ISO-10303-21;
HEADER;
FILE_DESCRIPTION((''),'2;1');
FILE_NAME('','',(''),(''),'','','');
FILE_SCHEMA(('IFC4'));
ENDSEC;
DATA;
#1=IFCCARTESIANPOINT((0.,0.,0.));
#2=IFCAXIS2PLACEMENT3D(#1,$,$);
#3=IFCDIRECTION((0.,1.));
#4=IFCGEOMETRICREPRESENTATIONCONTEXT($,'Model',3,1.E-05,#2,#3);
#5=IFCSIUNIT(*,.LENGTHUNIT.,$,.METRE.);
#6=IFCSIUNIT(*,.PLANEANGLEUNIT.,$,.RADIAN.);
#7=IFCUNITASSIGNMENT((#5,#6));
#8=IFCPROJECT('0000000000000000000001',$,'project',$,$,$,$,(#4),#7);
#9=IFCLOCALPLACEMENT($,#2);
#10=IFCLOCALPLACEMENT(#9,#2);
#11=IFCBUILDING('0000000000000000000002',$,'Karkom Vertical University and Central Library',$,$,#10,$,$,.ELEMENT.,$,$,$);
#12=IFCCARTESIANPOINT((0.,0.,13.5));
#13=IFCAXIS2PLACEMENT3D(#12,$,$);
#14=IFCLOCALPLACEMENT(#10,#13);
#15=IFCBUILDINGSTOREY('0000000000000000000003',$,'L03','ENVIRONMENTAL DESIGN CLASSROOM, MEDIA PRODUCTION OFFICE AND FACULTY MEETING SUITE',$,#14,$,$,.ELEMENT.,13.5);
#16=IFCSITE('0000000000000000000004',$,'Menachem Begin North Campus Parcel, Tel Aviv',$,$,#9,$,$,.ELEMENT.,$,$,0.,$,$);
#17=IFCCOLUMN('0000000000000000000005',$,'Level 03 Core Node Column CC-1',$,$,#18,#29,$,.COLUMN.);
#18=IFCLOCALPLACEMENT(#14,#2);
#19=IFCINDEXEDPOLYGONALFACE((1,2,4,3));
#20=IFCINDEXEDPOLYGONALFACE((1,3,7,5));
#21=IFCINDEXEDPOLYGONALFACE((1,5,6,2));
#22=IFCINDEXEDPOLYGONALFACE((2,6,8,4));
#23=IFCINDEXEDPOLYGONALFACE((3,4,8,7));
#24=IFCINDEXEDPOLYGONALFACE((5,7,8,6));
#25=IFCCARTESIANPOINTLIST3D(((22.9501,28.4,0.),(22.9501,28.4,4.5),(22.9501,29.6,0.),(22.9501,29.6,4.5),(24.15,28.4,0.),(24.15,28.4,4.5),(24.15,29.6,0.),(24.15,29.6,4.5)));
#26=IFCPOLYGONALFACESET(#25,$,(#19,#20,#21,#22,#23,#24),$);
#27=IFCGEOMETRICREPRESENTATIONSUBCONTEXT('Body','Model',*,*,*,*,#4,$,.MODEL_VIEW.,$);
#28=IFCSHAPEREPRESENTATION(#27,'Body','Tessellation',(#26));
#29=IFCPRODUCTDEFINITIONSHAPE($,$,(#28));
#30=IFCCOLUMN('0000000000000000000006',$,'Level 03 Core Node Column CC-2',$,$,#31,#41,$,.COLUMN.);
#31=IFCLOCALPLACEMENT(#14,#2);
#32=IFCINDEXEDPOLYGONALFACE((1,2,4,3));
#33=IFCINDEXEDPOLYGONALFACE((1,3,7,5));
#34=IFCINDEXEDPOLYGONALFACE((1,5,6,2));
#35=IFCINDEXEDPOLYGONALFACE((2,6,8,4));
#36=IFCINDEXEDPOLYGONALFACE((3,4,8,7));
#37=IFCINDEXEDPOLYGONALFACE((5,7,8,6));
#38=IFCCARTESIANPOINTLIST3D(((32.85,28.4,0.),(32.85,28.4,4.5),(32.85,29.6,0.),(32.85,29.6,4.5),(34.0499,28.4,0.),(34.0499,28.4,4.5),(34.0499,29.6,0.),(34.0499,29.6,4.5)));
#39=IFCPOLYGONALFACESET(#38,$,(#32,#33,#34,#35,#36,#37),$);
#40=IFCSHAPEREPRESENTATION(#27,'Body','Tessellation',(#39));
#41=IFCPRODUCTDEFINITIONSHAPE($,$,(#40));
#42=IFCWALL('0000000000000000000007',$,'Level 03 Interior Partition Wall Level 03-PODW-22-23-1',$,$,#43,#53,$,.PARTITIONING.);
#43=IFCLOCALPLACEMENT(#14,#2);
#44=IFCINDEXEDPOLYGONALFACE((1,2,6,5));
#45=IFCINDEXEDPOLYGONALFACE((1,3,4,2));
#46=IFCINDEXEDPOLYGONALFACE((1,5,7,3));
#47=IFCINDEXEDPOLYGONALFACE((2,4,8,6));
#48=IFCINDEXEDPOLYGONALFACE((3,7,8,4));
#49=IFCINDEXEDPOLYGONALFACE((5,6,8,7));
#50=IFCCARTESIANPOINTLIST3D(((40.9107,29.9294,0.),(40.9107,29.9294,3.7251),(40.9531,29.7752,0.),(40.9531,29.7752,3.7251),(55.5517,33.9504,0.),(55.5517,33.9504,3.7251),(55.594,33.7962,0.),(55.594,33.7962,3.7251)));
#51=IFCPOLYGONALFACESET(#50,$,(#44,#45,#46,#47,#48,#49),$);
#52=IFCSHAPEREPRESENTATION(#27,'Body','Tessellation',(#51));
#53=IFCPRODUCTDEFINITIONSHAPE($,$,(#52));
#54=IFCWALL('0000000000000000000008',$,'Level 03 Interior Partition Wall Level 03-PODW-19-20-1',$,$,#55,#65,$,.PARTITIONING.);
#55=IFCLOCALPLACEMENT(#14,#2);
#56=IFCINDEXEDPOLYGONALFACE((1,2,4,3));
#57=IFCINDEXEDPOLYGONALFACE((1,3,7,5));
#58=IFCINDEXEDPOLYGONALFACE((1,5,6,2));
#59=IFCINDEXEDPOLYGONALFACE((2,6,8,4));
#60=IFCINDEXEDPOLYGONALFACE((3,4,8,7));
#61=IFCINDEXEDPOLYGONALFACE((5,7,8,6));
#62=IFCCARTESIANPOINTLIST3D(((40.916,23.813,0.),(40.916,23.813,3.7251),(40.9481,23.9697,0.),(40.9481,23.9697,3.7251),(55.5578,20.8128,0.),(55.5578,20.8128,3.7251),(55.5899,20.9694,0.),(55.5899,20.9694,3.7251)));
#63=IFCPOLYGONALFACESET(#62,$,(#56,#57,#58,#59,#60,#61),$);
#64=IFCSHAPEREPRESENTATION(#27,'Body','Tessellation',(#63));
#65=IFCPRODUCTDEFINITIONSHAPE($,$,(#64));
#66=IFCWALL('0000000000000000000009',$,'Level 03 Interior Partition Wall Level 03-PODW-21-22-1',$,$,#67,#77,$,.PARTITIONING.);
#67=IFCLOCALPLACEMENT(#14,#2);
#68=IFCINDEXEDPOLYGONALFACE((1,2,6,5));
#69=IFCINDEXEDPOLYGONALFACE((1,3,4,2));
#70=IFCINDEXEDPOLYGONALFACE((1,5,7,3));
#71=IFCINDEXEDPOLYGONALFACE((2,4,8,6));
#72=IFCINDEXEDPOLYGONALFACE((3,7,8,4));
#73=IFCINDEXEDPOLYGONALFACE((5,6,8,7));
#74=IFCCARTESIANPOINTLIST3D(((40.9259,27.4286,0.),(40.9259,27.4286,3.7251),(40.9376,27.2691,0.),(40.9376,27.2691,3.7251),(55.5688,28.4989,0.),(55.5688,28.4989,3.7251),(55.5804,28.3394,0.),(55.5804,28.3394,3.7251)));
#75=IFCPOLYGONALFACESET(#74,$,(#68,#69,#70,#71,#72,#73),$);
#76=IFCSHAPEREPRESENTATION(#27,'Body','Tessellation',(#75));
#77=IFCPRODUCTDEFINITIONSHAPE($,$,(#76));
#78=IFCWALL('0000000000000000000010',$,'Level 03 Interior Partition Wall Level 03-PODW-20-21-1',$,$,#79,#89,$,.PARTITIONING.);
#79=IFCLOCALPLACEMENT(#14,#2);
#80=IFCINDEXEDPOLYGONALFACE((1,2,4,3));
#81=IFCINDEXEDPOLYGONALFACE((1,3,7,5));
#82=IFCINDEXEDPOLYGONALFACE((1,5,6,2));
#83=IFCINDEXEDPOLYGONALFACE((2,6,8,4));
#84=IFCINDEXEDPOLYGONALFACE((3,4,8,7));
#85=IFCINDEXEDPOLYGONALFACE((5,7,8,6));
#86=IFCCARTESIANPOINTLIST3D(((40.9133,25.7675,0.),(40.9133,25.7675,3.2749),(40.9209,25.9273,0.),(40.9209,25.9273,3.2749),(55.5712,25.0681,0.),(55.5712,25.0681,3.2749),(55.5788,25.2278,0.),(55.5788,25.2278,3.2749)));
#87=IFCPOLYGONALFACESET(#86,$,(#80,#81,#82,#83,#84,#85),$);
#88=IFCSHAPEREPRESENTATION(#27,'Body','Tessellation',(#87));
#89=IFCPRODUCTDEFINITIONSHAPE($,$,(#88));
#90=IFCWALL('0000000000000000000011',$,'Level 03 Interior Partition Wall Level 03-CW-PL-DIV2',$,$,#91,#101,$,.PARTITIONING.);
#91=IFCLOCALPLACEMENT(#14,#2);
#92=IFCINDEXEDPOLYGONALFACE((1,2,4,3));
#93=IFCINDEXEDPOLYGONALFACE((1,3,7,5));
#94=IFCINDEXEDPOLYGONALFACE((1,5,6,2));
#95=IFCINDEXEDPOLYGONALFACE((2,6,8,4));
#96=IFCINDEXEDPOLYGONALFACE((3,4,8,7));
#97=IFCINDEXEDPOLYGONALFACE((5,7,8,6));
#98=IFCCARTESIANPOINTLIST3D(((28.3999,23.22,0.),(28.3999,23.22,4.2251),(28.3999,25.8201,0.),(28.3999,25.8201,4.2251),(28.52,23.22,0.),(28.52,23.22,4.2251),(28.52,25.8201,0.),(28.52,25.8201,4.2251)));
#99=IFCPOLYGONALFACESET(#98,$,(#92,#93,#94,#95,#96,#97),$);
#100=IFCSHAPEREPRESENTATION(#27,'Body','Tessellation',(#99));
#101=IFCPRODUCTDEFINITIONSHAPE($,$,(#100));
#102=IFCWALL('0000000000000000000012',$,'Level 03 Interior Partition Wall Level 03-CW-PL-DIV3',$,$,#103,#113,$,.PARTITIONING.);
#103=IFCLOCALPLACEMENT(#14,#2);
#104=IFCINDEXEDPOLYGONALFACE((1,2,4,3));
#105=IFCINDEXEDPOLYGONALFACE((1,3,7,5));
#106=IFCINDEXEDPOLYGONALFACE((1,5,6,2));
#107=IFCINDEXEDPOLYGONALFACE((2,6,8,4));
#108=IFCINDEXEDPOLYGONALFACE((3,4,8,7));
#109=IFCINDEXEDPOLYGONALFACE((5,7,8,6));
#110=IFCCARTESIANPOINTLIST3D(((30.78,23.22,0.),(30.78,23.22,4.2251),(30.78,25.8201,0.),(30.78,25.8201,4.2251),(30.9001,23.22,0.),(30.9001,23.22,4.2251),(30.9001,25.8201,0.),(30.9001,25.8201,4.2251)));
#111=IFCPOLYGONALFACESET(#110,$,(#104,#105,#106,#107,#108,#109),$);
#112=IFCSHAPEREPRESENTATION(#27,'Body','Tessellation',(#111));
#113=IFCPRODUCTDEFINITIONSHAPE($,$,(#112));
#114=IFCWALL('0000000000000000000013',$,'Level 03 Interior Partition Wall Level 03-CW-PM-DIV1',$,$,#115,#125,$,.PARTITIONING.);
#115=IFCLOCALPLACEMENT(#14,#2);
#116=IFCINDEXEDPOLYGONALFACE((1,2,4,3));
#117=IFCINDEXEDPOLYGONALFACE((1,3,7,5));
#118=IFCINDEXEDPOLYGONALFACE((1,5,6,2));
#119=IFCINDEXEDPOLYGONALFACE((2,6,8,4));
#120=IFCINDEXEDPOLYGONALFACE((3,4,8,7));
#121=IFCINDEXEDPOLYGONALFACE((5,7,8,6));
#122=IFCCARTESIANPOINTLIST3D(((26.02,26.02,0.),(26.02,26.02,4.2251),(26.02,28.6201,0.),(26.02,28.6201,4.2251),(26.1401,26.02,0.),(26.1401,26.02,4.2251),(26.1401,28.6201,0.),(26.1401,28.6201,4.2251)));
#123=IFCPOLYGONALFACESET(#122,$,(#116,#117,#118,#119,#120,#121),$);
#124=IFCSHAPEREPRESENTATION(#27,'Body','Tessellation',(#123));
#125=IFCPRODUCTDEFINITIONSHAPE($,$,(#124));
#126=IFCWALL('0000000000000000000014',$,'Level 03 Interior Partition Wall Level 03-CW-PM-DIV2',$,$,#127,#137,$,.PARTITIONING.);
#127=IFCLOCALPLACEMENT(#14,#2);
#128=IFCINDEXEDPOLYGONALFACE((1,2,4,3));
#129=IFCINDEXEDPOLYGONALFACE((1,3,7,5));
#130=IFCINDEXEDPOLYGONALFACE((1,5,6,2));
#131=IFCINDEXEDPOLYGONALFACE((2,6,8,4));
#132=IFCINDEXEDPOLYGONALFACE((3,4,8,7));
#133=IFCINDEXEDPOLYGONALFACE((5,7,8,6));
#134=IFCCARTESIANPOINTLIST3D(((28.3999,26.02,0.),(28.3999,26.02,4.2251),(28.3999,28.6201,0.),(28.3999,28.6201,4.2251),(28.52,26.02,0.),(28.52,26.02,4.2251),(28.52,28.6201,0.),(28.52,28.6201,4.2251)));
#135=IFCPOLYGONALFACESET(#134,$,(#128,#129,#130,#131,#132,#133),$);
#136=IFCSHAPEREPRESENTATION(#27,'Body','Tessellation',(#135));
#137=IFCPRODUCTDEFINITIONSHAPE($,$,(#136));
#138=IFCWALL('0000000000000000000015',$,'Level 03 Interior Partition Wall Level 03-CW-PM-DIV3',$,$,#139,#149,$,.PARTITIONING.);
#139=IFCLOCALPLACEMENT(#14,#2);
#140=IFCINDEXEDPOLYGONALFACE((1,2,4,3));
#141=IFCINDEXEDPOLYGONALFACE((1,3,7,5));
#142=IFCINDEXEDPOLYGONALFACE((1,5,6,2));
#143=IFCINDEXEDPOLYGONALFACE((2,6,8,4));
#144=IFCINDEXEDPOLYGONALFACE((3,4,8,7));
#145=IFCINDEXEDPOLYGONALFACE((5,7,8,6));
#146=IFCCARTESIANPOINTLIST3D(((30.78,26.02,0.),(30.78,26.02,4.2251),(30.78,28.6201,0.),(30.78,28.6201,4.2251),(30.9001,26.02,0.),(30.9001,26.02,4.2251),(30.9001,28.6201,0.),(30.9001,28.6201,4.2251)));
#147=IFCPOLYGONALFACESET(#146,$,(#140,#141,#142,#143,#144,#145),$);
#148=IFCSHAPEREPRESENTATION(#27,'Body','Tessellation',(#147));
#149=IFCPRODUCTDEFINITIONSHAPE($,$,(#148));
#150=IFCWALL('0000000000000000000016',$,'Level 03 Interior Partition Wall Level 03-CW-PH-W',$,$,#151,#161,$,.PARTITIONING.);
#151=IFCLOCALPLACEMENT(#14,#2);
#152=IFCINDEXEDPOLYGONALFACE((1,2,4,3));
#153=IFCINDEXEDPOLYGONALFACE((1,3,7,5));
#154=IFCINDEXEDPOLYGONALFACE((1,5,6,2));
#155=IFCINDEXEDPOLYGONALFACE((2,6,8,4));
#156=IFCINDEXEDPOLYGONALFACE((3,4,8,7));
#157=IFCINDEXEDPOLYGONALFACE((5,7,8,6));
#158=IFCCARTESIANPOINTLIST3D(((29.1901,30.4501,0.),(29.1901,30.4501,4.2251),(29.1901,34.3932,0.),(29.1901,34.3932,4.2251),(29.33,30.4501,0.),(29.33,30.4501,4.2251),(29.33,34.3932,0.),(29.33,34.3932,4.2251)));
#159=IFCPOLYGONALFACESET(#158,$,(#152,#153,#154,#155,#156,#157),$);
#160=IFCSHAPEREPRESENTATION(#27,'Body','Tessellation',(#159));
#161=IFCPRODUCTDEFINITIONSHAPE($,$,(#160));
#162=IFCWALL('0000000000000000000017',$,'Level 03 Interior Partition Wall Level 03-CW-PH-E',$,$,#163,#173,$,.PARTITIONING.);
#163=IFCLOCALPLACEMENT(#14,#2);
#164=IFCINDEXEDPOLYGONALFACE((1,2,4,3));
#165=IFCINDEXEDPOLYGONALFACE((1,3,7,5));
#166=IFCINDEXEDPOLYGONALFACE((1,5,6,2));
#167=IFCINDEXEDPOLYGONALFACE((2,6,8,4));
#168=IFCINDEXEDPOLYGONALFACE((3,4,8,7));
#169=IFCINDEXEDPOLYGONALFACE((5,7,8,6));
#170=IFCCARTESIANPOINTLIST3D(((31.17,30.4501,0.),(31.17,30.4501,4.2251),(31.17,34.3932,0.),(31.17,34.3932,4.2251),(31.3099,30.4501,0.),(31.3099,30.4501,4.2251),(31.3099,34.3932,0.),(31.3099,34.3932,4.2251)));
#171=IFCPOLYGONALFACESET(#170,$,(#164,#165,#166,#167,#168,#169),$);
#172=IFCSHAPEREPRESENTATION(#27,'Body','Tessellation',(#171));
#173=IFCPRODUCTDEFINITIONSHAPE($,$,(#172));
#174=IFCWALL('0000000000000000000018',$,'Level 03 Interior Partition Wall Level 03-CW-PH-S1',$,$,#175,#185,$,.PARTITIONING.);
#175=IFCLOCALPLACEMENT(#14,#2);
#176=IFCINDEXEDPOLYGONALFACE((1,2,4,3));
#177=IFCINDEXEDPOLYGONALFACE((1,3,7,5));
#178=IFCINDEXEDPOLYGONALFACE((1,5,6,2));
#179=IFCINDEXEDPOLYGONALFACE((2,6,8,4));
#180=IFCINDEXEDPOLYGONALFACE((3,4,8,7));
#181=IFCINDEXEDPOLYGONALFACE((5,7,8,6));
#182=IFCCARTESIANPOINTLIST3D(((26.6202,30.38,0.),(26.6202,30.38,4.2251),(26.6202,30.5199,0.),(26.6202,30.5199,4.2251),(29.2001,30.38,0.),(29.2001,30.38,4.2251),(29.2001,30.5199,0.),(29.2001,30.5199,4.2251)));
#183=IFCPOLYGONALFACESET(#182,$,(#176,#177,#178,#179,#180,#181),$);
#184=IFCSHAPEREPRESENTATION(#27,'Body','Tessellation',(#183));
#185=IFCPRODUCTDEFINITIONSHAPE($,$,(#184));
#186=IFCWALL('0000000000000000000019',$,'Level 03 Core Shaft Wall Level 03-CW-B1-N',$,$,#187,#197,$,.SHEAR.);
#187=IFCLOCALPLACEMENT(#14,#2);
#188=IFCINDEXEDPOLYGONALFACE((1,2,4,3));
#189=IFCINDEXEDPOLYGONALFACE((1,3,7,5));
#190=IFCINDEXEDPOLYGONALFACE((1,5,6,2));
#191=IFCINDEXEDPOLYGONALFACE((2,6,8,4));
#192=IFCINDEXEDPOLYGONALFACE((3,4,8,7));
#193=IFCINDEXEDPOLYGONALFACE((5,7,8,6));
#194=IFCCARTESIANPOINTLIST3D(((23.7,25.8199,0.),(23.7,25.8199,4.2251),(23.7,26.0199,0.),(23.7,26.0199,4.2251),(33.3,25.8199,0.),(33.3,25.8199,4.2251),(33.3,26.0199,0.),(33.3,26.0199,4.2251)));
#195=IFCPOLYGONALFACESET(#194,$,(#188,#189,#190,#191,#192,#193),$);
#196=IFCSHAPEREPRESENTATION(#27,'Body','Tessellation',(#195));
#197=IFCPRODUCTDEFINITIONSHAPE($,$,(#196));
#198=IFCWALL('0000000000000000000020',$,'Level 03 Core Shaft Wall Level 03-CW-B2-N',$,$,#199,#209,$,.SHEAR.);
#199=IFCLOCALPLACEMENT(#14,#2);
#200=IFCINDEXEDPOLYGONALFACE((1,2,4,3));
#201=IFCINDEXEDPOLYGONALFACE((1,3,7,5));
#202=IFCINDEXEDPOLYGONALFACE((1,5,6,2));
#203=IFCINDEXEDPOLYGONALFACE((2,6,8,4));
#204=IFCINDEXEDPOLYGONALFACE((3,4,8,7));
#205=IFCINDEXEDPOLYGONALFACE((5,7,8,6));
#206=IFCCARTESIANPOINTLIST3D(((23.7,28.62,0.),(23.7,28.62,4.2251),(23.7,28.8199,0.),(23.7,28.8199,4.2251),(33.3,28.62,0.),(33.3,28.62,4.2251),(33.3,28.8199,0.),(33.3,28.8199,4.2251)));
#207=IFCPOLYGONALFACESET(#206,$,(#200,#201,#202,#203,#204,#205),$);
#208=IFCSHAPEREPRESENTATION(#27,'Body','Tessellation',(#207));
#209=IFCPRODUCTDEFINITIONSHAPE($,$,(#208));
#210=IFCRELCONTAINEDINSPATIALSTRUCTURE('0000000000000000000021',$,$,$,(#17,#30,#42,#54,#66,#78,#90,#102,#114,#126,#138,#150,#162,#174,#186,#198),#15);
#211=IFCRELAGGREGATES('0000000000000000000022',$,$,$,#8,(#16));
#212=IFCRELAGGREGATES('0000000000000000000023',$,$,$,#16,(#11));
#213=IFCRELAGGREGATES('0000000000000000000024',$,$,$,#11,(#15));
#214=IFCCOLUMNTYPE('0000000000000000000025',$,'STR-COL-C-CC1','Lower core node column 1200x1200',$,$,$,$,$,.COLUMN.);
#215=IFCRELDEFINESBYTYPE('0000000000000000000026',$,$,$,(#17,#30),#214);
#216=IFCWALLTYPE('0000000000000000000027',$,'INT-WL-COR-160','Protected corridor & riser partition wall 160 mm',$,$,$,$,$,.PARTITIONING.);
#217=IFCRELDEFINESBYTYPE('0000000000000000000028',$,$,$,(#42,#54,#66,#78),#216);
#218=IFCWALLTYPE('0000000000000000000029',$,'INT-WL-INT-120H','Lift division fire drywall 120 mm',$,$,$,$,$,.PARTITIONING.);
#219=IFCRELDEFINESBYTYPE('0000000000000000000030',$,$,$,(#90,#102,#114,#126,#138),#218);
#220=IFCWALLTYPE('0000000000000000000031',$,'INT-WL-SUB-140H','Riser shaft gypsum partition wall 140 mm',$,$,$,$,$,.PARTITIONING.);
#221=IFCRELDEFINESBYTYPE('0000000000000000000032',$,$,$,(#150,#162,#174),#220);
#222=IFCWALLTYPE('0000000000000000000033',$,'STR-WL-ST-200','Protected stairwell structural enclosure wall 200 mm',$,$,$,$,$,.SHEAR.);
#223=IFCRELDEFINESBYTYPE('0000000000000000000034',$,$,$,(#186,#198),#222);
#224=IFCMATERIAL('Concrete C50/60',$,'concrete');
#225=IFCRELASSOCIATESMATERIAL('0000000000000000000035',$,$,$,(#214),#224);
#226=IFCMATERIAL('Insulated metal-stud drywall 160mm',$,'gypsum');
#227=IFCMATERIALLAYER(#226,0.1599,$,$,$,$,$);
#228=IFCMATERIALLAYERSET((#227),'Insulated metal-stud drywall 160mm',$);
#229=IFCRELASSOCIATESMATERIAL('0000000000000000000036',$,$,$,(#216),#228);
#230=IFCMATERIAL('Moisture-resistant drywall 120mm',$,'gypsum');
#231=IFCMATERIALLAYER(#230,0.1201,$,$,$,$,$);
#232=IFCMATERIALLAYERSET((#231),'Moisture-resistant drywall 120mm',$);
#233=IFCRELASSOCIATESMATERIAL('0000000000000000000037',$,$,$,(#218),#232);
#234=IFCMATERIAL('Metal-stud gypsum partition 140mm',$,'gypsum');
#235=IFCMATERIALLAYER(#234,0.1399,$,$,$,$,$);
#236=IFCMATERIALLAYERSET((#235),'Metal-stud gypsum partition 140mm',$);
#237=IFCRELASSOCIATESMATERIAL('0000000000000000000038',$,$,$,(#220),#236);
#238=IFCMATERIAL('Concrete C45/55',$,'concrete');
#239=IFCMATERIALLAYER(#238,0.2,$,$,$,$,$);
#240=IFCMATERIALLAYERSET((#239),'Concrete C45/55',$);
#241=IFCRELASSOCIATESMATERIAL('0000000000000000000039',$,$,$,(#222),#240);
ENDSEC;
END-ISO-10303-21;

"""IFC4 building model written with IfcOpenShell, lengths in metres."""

from ifc_helpers import new_model, si_unit, direction, frame, frame_2d, origin, origin_with_axes, origin_2d, place, context, subcontext, project, spatial, rectangle, extrude, source, transform, mapped, material, layer, layer_set, material_profile, profile_set, type_object, element, save


model = new_model("IFC4")

# Units and contexts
model_context = context("Model", 3, precision=1e-05, world=origin(), true_north=direction((0.0, 1.0)))
body_context = subcontext(model_context, "Body", "Model", "MODEL_VIEW")
ifc_project = project(units=[si_unit("LENGTHUNIT", "METRE"), si_unit("PLANEANGLEUNIT", "RADIAN")], contexts=[model_context])

# Site, building, storey
site_placement = place(None, origin())
site = spatial("IfcSite", under=ifc_project, at=site_placement, Name="Menachem Begin North Campus Parcel, Tel Aviv", CompositionType="ELEMENT", RefElevation=0.0)
building_placement = place(site_placement, origin())
building = spatial("IfcBuilding", under=site, at=building_placement, Name="Karkom Vertical University and Central Library", CompositionType="ELEMENT")
storey_placement = place(building_placement, frame((0.0, 0.0, 13.5)))
storey = spatial("IfcBuildingStorey", under=building, at=storey_placement, Name="L03", Description="ENVIRONMENTAL DESIGN CLASSROOM, MEDIA PRODUCTION OFFICE AND FACULTY MEETING SUITE", CompositionType="ELEMENT", Elevation=13.5)

# Columns
ifc_material_1 = material(Name="Concrete C50/60", Category="concrete")
ifc_material_profile = material_profile(ifc_material_1, rectangle(XDim=1.2, YDim=1.2, at=origin_2d()), Name="RC-1200x1200")
ifc_profile_set = profile_set([ifc_material_profile], Name="Concrete C50/60")
column_type = type_object("IfcColumnType", Name="STR-COL-C-CC1", Description="Lower core node column 1200x1200", PredefinedType="COLUMN", material=ifc_profile_set)
shared_shape = source(origin_with_axes(), body_context, "Body", "SweptSolid", [
    extrude(rectangle(XDim=1.2, YDim=1.2, at=origin_2d()), origin(), (0.0, 0.0, 1.0), 4.5),
])
for number, where, z_axis, x_axis, name in (
    (1, (23.55, 29.0, 0.0), (0.0, 0.0, 1.0), (1.0, 0.0, 0.0), "Level 03 Core Node Column CC-1"),
    (2, (33.45, 29.0, 0.0), (0.0, 0.0, 1.0), (1.0, 0.0, 0.0), "Level 03 Core Node Column CC-2"),
):
    element("IfcColumn", number, at=place(storey_placement, frame(where, z_axis=z_axis, x_axis=x_axis)), inside=storey, type_object=column_type, Name=name, PredefinedType="COLUMN", context=body_context, shape_type="MappedRepresentation", body=[
        mapped(shared_shape, transform((0.0, 0.0, 0.0), scale=1.0)),
    ])

# Walls
ifc_material_2 = material(Name="Insulated metal-stud drywall 160mm", Category="gypsum")
ifc_layer_1 = layer(ifc_material_2, 0.1599)
ifc_layer_set_1 = layer_set([ifc_layer_1], Name="Insulated metal-stud drywall 160mm")
wall_type_1 = type_object("IfcWallType", Name="INT-WL-COR-160", Description="Protected corridor & riser partition wall 160 mm", PredefinedType="PARTITIONING", material=ifc_layer_set_1)
wall_1_placement = place(storey_placement, frame((40.9319, 29.8523, 0.0), z_axis=(0.0, 0.0, 1.0), x_axis=(0.964294, 0.264835, 0.0)))
element("IfcWall", 3, at=wall_1_placement, inside=storey, type_object=wall_type_1, Name="Level 03 Interior Partition Wall Level 03-PODW-22-23-1", PredefinedType="PARTITIONING", context=body_context, shape_type="SweptSolid", body=[
    extrude(rectangle(XDim=15.1831, YDim=0.1599, at=frame_2d((7.5916, 0.0))), origin(), (0.0, 0.0, 1.0), 3.7251),
])
wall_2_placement = place(storey_placement, frame((40.9319, 23.8914, 0.0), z_axis=(0.0, 0.0, 1.0), x_axis=(0.979645, -0.200738, 0.0)))
element("IfcWall", 4, at=wall_2_placement, inside=storey, type_object=wall_type_1, Name="Level 03 Interior Partition Wall Level 03-PODW-19-20-1", PredefinedType="PARTITIONING", context=body_context, shape_type="SweptSolid", body=[
    extrude(rectangle(XDim=14.946, YDim=0.1599, at=frame_2d((7.4731, 0.0))), origin(), (0.0, 0.0, 1.0), 3.7251),
])
wall_3_placement = place(storey_placement, frame((40.9319, 27.3489, 0.0), z_axis=(0.0, 0.0, 1.0), x_axis=(0.997339, 0.0729, 0.0)))
element("IfcWall", 5, at=wall_3_placement, inside=storey, type_object=wall_type_1, Name="Level 03 Interior Partition Wall Level 03-PODW-21-22-1", PredefinedType="PARTITIONING", context=body_context, shape_type="SweptSolid", body=[
    extrude(rectangle(XDim=14.6819, YDim=0.1599, at=frame_2d((7.3408, 0.0))), origin(), (0.0, 0.0, 1.0), 3.7251),
])
wall_4_placement = place(storey_placement, frame((40.917, 25.8474, 0.0), z_axis=(0.0, 0.0, 1.0), x_axis=(0.998863, -0.047665, 0.0)))
element("IfcWall", 6, at=wall_4_placement, inside=storey, type_object=wall_type_1, Name="Level 03 Interior Partition Wall Level 03-PODW-20-21-1", PredefinedType="PARTITIONING", context=body_context, shape_type="SweptSolid", body=[
    extrude(rectangle(XDim=14.6746, YDim=0.1599, at=frame_2d((7.3374, 0.0))), origin(), (0.0, 0.0, 1.0), 3.2749),
])
ifc_material_3 = material(Name="Moisture-resistant drywall 120mm", Category="gypsum")
ifc_layer_2 = layer(ifc_material_3, 0.1201)
ifc_layer_set_2 = layer_set([ifc_layer_2], Name="Moisture-resistant drywall 120mm")
wall_type_2 = type_object("IfcWallType", Name="INT-WL-INT-120H", Description="Lift division fire drywall 120 mm", PredefinedType="PARTITIONING", material=ifc_layer_set_2)
for number, where, z_axis, x_axis, name in (
    (7, (28.46, 23.22, 0.0), (0.0, 0.0, 1.0), (0.0, 1.0, 0.0), "Level 03 Interior Partition Wall Level 03-CW-PL-DIV2"),
    (8, (30.8401, 23.22, 0.0), (0.0, 0.0, 1.0), (0.0, 1.0, 0.0), "Level 03 Interior Partition Wall Level 03-CW-PL-DIV3"),
    (9, (26.0801, 26.02, 0.0), (0.0, 0.0, 1.0), (0.0, 1.0, 0.0), "Level 03 Interior Partition Wall Level 03-CW-PM-DIV1"),
    (10, (28.46, 26.02, 0.0), (0.0, 0.0, 1.0), (0.0, 1.0, 0.0), "Level 03 Interior Partition Wall Level 03-CW-PM-DIV2"),
    (11, (30.8401, 26.02, 0.0), (0.0, 0.0, 1.0), (0.0, 1.0, 0.0), "Level 03 Interior Partition Wall Level 03-CW-PM-DIV3"),
):
    element("IfcWall", number, at=place(storey_placement, frame(where, z_axis=z_axis, x_axis=x_axis)), inside=storey, type_object=wall_type_2, Name=name, PredefinedType="PARTITIONING", context=body_context, shape_type="SweptSolid", body=[
        extrude(rectangle(XDim=2.6001, YDim=0.1201, at=frame_2d((1.3, 0.0))), origin(), (0.0, 0.0, 1.0), 4.2251),
    ])
ifc_material_4 = material(Name="Metal-stud gypsum partition 140mm", Category="gypsum")
ifc_layer_3 = layer(ifc_material_4, 0.1399)
ifc_layer_set_3 = layer_set([ifc_layer_3], Name="Metal-stud gypsum partition 140mm")
wall_type_3 = type_object("IfcWallType", Name="INT-WL-SUB-140H", Description="Riser shaft gypsum partition wall 140 mm", PredefinedType="PARTITIONING", material=ifc_layer_set_3)
for number, where, z_axis, x_axis, name in (
    (12, (29.26, 30.45, 0.0), (0.0, 0.0, 1.0), (0.0, 1.0, 0.0), "Level 03 Interior Partition Wall Level 03-CW-PH-W"),
    (13, (31.24, 30.45, 0.0), (0.0, 0.0, 1.0), (0.0, 1.0, 0.0), "Level 03 Interior Partition Wall Level 03-CW-PH-E"),
):
    element("IfcWall", number, at=place(storey_placement, frame(where, z_axis=z_axis, x_axis=x_axis)), inside=storey, type_object=wall_type_3, Name=name, PredefinedType="PARTITIONING", context=body_context, shape_type="SweptSolid", body=[
        extrude(rectangle(XDim=3.9431, YDim=0.1399, at=frame_2d((1.9717, 0.0))), origin(), (0.0, 0.0, 1.0), 4.2251),
    ])
wall_5_placement = place(storey_placement, frame((26.6201, 30.45, 0.0), z_axis=(0.0, 0.0, 1.0), x_axis=(1.0, 0.0, 0.0)))
element("IfcWall", 14, at=wall_5_placement, inside=storey, type_object=wall_type_3, Name="Level 03 Interior Partition Wall Level 03-CW-PH-S1", PredefinedType="PARTITIONING", context=body_context, shape_type="SweptSolid", body=[
    extrude(rectangle(XDim=2.5798, YDim=0.1399, at=frame_2d((1.29, 0.0))), origin(), (0.0, 0.0, 1.0), 4.2251),
])
ifc_material_5 = material(Name="Concrete C45/55", Category="concrete")
ifc_layer_4 = layer(ifc_material_5, 0.2)
ifc_layer_set_4 = layer_set([ifc_layer_4], Name="Concrete C45/55")
wall_type_4 = type_object("IfcWallType", Name="STR-WL-ST-200", Description="Protected stairwell structural enclosure wall 200 mm", PredefinedType="SHEAR", material=ifc_layer_set_4)
for number, where, z_axis, x_axis, name in (
    (15, (23.7, 25.9199, 0.0), (0.0, 0.0, 1.0), (1.0, 0.0, 0.0), "Level 03 Core Shaft Wall Level 03-CW-B1-N"),
    (16, (23.7, 28.72, 0.0), (0.0, 0.0, 1.0), (1.0, 0.0, 0.0), "Level 03 Core Shaft Wall Level 03-CW-B2-N"),
):
    element("IfcWall", number, at=place(storey_placement, frame(where, z_axis=z_axis, x_axis=x_axis)), inside=storey, type_object=wall_type_4, Name=name, PredefinedType="SHEAR", context=body_context, shape_type="SweptSolid", body=[
        extrude(rectangle(XDim=9.6001, YDim=0.2, at=frame_2d((4.8, 0.0))), origin(), (0.0, 0.0, 1.0), 4.2251),
    ])

save(model, "model.ifc")
